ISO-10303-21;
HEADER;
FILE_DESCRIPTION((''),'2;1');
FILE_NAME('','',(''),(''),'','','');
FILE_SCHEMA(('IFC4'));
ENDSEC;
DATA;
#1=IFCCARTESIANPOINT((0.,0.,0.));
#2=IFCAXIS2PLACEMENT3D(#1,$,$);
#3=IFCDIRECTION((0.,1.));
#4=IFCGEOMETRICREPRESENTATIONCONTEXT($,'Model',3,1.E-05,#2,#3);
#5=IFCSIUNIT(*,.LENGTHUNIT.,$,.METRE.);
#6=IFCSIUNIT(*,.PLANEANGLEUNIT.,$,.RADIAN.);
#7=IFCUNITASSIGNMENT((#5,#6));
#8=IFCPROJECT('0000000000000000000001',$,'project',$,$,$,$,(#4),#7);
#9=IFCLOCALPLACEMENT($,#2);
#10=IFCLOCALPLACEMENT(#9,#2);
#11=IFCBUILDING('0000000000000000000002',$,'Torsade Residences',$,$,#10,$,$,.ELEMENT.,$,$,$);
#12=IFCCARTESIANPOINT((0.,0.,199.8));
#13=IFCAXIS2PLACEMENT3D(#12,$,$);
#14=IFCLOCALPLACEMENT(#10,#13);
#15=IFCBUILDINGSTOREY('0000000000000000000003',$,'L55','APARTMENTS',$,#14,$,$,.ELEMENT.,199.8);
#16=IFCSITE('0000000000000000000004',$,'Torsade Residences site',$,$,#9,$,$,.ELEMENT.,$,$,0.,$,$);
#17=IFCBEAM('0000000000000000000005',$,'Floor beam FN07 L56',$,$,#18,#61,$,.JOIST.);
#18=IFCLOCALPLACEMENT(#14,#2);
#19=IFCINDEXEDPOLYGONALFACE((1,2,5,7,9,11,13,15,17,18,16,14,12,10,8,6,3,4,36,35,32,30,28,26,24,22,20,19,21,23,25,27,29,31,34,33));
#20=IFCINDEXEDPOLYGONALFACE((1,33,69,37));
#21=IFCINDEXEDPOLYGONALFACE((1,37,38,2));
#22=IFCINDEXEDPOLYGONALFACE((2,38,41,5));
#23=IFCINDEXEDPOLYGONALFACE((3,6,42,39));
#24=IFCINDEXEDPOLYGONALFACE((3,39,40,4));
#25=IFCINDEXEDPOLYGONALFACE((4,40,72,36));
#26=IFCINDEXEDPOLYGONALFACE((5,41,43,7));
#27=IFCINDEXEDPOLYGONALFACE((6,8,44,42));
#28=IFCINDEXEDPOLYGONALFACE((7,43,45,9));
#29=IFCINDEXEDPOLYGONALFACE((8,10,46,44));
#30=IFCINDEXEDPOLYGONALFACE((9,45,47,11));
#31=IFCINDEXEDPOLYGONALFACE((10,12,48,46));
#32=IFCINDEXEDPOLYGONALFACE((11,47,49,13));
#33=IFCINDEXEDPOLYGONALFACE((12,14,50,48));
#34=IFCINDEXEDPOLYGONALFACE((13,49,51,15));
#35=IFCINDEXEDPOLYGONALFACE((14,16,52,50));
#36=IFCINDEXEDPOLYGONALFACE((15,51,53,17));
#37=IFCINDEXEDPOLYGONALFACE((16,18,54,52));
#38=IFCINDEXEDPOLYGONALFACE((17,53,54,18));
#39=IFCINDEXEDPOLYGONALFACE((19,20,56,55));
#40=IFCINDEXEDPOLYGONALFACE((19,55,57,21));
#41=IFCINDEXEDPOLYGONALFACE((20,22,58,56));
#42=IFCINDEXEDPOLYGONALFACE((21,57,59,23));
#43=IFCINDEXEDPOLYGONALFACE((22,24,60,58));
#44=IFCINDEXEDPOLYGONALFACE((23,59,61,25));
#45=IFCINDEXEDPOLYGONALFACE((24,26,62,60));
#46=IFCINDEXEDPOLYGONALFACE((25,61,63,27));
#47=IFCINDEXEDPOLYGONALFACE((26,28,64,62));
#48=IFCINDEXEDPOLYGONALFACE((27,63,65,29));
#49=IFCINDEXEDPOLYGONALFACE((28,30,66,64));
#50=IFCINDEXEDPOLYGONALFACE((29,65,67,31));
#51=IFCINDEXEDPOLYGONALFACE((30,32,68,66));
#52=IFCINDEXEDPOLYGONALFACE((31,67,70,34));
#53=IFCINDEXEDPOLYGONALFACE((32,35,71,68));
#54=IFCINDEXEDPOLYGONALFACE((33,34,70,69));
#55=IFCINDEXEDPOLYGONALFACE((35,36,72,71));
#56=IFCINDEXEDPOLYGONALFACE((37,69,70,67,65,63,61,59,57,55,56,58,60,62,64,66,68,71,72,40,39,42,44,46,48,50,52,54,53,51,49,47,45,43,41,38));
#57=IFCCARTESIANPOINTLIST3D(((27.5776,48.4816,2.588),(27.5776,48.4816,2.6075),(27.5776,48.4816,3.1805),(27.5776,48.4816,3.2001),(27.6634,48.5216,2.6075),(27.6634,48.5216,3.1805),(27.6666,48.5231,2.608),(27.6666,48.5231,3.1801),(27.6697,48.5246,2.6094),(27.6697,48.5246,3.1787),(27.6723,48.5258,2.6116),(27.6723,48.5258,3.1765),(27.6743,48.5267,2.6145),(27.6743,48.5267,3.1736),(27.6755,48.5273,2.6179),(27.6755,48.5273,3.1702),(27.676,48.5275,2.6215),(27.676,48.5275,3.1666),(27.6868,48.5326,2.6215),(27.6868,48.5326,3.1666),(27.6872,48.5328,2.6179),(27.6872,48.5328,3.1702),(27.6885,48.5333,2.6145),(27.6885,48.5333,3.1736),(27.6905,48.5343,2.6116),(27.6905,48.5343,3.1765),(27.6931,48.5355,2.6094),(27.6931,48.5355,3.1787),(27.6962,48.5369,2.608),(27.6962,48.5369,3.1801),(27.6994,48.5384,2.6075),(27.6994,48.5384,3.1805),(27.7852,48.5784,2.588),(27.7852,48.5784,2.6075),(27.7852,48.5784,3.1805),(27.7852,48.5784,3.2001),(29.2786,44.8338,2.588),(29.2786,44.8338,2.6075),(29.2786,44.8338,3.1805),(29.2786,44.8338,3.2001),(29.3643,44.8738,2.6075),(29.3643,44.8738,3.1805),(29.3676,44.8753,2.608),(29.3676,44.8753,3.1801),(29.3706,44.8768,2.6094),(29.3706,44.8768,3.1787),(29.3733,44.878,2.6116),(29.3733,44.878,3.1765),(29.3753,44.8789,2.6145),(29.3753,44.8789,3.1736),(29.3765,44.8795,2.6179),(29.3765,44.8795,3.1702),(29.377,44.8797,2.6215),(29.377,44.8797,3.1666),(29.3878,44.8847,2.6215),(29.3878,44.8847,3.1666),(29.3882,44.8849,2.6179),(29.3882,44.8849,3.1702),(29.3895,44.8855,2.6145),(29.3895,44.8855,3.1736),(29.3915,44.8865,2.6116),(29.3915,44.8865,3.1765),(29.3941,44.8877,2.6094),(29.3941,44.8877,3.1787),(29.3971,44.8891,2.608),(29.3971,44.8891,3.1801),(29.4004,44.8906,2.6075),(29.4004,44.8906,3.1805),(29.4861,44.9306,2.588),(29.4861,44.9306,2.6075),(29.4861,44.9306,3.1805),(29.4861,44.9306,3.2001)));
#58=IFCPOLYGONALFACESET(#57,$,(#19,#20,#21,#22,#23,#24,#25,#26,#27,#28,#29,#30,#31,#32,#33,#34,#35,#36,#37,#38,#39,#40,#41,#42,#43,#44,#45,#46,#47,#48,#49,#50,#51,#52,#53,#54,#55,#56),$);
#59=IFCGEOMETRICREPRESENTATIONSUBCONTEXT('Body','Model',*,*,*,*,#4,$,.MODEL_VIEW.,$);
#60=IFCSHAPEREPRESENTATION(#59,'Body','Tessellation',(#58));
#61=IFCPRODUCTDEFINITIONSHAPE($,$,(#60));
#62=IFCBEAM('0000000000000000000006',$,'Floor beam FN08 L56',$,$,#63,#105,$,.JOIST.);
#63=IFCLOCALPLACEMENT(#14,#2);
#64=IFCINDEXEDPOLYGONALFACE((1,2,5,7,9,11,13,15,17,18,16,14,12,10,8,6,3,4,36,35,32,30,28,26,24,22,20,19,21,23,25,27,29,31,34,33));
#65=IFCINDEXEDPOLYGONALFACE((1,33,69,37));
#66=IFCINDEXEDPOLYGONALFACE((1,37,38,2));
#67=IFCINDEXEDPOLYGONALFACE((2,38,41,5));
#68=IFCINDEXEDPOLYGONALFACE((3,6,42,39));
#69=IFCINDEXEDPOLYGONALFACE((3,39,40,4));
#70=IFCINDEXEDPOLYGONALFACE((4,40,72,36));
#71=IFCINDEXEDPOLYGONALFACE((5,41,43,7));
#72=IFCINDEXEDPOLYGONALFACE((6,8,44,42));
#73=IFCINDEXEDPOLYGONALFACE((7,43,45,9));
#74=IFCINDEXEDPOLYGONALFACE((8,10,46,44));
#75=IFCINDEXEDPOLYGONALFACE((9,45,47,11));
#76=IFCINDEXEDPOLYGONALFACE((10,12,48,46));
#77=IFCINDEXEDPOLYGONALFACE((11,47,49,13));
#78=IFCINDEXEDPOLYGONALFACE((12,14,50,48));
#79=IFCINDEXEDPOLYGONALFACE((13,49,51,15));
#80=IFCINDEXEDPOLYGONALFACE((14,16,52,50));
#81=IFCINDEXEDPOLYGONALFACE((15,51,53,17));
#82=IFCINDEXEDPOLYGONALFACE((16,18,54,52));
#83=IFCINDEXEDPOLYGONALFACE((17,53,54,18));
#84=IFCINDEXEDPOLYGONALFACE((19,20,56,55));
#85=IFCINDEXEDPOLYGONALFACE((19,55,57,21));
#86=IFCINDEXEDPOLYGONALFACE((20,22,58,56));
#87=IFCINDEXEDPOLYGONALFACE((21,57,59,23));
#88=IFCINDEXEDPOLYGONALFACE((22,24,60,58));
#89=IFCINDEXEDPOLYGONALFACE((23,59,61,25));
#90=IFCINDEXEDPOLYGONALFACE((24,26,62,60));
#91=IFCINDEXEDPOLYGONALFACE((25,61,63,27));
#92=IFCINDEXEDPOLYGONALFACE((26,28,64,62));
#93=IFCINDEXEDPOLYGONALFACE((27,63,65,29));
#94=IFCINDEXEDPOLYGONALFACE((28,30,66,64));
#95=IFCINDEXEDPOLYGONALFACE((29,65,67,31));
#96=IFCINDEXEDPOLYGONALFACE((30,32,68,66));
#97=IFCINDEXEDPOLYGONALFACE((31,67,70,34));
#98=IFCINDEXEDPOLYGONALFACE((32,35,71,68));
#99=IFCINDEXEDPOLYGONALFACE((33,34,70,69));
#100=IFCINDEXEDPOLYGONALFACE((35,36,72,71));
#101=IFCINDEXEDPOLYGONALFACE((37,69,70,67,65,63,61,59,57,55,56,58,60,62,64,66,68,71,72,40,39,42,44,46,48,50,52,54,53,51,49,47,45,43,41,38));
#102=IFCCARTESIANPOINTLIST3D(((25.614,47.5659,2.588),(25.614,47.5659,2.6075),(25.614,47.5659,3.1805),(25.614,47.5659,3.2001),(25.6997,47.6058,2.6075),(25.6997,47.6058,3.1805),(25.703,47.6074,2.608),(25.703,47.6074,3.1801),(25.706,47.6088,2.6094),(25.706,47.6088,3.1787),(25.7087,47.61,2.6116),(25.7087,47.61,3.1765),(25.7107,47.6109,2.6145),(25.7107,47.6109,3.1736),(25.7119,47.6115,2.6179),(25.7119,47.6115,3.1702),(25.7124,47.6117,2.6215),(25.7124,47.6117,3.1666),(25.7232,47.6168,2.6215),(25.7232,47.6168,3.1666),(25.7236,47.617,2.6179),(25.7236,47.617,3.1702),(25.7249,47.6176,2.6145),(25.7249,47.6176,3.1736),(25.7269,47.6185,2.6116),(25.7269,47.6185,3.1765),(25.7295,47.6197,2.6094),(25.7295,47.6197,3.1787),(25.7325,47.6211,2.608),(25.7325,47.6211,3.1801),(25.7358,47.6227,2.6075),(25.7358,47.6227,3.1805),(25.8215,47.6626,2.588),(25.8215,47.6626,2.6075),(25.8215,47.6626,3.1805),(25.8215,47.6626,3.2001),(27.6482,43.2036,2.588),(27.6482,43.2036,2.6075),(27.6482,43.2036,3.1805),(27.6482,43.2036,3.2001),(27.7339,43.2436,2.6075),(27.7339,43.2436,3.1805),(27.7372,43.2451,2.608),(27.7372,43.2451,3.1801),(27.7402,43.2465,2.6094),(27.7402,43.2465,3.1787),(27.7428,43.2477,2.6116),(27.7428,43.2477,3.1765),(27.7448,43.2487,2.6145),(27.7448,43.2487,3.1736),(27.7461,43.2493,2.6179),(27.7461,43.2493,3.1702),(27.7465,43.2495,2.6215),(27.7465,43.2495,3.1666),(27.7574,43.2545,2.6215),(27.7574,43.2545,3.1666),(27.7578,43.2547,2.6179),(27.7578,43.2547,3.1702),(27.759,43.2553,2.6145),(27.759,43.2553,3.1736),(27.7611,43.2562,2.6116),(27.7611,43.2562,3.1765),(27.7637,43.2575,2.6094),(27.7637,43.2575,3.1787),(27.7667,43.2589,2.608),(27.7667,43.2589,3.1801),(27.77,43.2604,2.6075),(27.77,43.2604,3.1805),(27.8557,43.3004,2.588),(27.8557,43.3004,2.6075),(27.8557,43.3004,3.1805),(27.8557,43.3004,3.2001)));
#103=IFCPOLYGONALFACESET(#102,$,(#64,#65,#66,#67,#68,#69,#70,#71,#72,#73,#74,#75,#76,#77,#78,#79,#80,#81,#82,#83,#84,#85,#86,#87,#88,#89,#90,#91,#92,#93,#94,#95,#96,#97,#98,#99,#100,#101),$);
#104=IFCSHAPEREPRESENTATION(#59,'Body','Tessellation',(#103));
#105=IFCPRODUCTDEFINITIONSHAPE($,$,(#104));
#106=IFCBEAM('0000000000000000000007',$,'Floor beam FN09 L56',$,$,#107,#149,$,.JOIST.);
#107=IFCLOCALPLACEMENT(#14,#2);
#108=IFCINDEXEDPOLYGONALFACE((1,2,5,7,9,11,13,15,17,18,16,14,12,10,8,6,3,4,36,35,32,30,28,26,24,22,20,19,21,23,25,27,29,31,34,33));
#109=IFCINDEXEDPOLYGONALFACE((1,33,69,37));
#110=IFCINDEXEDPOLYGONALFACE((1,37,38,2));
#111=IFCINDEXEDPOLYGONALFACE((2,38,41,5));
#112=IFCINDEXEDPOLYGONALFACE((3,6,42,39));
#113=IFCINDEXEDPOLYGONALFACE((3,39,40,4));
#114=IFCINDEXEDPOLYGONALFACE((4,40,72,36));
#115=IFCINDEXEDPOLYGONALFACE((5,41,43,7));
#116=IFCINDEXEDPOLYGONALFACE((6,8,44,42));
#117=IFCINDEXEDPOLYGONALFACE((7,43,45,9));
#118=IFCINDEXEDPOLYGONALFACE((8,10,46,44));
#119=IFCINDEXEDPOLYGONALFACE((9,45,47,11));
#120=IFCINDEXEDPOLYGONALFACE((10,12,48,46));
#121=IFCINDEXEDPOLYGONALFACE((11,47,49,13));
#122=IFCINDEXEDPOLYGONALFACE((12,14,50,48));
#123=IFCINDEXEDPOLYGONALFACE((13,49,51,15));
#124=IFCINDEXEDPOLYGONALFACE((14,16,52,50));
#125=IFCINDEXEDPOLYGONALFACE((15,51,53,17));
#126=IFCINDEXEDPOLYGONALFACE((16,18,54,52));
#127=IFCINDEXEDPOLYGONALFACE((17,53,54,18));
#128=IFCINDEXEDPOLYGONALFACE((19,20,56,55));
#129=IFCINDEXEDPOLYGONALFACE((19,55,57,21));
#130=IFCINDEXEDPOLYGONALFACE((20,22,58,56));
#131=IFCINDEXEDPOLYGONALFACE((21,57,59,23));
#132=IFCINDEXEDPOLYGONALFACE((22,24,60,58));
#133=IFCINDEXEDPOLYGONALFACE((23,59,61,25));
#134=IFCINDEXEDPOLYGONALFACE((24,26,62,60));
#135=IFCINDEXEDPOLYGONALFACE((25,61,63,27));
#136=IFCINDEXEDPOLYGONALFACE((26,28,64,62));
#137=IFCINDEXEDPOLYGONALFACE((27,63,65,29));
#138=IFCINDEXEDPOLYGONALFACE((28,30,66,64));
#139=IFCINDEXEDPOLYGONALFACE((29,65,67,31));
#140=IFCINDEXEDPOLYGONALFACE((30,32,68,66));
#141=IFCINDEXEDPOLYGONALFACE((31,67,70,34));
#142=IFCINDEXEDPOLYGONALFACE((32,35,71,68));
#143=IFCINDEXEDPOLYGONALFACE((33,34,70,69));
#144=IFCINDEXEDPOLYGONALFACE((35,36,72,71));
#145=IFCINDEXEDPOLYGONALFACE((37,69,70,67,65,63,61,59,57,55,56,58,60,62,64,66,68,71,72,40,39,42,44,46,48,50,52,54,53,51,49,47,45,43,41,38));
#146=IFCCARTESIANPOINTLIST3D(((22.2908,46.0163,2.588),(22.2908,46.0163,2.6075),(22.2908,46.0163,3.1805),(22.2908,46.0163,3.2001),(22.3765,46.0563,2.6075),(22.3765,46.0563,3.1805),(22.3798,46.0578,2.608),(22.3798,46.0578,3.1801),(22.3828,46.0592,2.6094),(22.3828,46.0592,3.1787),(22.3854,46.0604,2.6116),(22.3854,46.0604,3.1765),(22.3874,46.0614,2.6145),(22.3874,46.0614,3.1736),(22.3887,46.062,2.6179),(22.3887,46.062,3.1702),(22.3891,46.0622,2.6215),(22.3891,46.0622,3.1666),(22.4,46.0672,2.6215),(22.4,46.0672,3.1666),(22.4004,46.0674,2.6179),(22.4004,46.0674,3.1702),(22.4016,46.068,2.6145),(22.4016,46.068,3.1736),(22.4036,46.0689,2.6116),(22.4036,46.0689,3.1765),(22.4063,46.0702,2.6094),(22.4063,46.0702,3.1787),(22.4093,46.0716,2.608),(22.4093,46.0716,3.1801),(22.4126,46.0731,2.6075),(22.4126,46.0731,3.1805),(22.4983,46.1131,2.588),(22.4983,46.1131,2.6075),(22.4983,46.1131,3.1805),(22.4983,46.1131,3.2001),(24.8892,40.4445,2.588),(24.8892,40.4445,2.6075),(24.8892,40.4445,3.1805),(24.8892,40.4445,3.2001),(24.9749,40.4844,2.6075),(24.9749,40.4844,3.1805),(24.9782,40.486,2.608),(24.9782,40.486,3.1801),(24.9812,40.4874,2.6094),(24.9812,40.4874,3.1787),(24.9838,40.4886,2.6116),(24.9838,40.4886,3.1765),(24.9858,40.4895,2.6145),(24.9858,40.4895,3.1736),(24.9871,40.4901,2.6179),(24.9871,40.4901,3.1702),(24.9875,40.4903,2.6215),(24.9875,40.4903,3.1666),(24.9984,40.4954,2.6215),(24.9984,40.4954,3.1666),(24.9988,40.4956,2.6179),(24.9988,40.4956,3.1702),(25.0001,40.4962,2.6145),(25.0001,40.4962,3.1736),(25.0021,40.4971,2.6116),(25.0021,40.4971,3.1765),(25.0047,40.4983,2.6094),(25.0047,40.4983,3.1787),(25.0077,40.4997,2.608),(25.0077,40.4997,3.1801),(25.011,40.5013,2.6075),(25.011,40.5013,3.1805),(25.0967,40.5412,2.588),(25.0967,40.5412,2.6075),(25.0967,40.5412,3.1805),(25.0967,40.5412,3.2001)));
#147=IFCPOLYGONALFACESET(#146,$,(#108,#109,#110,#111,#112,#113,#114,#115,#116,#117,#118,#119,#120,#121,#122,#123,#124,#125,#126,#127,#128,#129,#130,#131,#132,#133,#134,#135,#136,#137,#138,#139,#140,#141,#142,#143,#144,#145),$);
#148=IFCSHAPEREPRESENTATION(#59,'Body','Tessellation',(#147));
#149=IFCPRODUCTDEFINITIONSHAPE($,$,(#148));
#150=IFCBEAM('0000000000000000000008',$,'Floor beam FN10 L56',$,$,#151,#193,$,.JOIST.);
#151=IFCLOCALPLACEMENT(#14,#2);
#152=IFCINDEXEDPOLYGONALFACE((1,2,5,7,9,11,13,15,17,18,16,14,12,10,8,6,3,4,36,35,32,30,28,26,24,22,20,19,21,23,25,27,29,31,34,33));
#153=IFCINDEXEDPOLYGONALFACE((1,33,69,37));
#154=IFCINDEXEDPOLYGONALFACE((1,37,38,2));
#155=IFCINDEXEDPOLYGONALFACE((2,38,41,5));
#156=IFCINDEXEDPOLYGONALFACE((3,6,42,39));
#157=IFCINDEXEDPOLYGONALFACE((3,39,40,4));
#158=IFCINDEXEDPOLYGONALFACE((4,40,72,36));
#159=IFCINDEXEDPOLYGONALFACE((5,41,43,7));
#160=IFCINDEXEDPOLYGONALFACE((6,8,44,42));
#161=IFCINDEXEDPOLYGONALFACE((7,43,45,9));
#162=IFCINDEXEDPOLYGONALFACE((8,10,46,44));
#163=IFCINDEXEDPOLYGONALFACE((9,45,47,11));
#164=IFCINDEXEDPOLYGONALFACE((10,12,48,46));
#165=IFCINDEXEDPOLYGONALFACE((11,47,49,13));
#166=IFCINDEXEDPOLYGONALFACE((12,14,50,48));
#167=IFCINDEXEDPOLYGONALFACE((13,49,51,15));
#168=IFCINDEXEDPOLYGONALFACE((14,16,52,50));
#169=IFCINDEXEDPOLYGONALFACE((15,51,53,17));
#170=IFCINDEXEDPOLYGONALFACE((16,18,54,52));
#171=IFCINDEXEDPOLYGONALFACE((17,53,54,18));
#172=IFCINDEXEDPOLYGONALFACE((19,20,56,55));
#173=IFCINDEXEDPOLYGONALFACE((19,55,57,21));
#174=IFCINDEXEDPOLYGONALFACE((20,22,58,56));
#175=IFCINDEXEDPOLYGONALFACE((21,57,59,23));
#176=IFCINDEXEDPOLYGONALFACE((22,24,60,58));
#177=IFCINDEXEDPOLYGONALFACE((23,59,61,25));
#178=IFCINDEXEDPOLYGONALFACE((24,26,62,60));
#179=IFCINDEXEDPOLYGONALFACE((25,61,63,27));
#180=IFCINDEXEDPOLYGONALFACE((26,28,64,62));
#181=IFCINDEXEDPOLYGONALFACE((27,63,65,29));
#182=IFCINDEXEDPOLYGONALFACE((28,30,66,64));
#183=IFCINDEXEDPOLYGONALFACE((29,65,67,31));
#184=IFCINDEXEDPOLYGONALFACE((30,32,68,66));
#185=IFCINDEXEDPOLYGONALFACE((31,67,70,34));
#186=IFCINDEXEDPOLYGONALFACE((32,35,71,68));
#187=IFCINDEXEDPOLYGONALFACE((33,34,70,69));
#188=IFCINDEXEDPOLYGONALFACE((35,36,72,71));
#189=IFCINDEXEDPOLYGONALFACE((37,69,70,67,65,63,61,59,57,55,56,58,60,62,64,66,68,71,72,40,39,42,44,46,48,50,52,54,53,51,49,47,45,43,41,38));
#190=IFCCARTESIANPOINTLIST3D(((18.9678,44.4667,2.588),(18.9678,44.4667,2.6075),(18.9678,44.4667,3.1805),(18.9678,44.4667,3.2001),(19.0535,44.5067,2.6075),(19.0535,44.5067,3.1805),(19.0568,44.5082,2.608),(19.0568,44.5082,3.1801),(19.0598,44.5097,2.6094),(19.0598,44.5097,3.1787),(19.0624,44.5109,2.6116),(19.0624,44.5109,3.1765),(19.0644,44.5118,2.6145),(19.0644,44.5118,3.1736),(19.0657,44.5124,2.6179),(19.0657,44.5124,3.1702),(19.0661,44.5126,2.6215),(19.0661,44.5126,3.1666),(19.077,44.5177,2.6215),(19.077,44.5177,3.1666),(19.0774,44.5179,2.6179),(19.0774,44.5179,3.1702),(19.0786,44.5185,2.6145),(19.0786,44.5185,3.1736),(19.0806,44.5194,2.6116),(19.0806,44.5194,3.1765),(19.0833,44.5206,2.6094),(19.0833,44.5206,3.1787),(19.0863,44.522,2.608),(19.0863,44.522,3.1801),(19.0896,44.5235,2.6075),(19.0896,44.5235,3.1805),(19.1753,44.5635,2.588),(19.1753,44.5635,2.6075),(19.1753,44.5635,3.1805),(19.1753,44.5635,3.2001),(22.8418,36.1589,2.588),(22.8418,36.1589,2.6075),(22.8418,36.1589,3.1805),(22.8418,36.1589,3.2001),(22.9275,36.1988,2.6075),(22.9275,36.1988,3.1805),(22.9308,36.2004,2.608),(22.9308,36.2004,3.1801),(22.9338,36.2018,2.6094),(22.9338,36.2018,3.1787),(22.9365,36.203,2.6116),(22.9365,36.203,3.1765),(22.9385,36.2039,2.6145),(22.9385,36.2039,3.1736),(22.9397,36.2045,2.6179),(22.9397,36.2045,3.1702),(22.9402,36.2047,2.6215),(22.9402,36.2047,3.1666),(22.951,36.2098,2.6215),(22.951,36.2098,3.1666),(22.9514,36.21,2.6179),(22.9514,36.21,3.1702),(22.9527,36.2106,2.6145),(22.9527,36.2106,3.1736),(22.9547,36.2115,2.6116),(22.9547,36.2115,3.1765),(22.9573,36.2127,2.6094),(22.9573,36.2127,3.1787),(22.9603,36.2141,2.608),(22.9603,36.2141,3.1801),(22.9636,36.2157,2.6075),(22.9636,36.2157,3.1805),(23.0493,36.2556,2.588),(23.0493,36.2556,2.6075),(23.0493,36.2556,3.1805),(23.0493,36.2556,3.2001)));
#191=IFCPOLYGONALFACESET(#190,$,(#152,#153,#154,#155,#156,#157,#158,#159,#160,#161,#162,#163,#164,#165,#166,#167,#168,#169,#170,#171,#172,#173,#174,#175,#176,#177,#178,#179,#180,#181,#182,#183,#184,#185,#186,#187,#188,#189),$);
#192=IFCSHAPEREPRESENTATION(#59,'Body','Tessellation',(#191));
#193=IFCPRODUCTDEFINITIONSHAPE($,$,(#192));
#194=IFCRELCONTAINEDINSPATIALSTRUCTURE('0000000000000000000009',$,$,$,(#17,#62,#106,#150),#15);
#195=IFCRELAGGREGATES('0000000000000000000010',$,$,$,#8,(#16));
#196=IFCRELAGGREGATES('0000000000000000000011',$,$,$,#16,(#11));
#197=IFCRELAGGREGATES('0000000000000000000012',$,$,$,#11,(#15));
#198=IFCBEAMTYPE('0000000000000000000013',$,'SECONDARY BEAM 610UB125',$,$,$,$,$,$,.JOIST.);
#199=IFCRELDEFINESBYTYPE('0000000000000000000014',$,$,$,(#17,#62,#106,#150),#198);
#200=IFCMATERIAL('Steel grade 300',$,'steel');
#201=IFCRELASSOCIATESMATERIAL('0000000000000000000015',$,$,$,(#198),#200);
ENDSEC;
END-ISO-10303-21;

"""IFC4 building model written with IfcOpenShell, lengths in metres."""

from ifc_helpers import new_model, si_unit, direction, frame, origin, origin_2d, place, context, subcontext, project, spatial, i_section, extrude, material, material_profile, profile_set, type_object, element, save


model = new_model("IFC4")

# Units and contexts
model_context = context("Model", 3, precision=1e-05, world=origin(), true_north=direction((0.0, 1.0)))
body_context = subcontext(model_context, "Body", "Model", "MODEL_VIEW")
ifc_project = project(units=[si_unit("LENGTHUNIT", "METRE"), si_unit("PLANEANGLEUNIT", "RADIAN")], contexts=[model_context])

# Site, building, storey
site_placement = place(None, origin())
site = spatial("IfcSite", under=ifc_project, at=site_placement, Name="Torsade Residences site", CompositionType="ELEMENT", RefElevation=0.0)
building_placement = place(site_placement, origin())
building = spatial("IfcBuilding", under=site, at=building_placement, Name="Torsade Residences", CompositionType="ELEMENT")
storey_placement = place(building_placement, frame((0.0, 0.0, 199.8)))
storey = spatial("IfcBuildingStorey", under=building, at=storey_placement, Name="L55", Description="APARTMENTS", CompositionType="ELEMENT", Elevation=199.8)

# Beams
ifc_material_1 = material(Name="Steel grade 300", Category="steel")
ifc_material_profile_1 = material_profile(ifc_material_1, i_section(OverallWidth=0.229, OverallDepth=0.6121, WebThickness=0.012, FlangeThickness=0.0195, FilletRadius=0.0139, at=origin_2d()), Name="610UB125")
ifc_profile_set_1 = profile_set([ifc_material_profile_1], Name="Steel grade 300")
beam_type_1 = type_object("IfcBeamType", Name="SECONDARY BEAM 610UB125", PredefinedType="JOIST", material=ifc_profile_set_1)
beam_1_placement = place(storey_placement, frame((27.6814, 48.53, 2.894), z_axis=(0.422613, -0.90631, 0.0), x_axis=(0.90631, 0.422613, 0.0)))
element("IfcBeam", 1, at=beam_1_placement, inside=storey, type_object=beam_type_1, Name="Floor beam FN07 L56", PredefinedType="JOIST", context=body_context, shape_type="SweptSolid", body=[
    extrude(i_section(OverallWidth=0.229, OverallDepth=0.6121, WebThickness=0.012, FlangeThickness=0.0195, FilletRadius=0.0139, at=origin_2d()), origin(), (0.0, 0.0, 1.0), 4.0249),
])
beam_2_placement = place(storey_placement, frame((25.7178, 47.6143, 2.894), z_axis=(0.422619, -0.906308, 0.0), x_axis=(0.906308, 0.422619, 0.0)))
element("IfcBeam", 2, at=beam_2_placement, inside=storey, type_object=beam_type_1, Name="Floor beam FN08 L56", PredefinedType="JOIST", context=body_context, shape_type="SweptSolid", body=[
    extrude(i_section(OverallWidth=0.229, OverallDepth=0.6121, WebThickness=0.012, FlangeThickness=0.0195, FilletRadius=0.0139, at=origin_2d()), origin(), (0.0, 0.0, 1.0), 4.8132),
])
beam_3_placement = place(storey_placement, frame((22.3945, 46.0647, 2.894), z_axis=(0.422648, -0.906294, 0.0), x_axis=(0.906294, 0.422648, 0.0)))
element("IfcBeam", 3, at=beam_3_placement, inside=storey, type_object=beam_type_1, Name="Floor beam FN09 L56", PredefinedType="JOIST", context=body_context, shape_type="SweptSolid", body=[
    extrude(i_section(OverallWidth=0.229, OverallDepth=0.6121, WebThickness=0.012, FlangeThickness=0.0195, FilletRadius=0.0139, at=origin_2d()), origin(), (0.0, 0.0, 1.0), 6.1479),
])
beam_4_placement = place(storey_placement, frame((19.0715, 44.5151, 2.894), z_axis=(0.422619, -0.906308, 0.0), x_axis=(0.906308, 0.422619, 0.0)))
element("IfcBeam", 4, at=beam_4_placement, inside=storey, type_object=beam_type_1, Name="Floor beam FN10 L56", PredefinedType="JOIST", context=body_context, shape_type="SweptSolid", body=[
    extrude(i_section(OverallWidth=0.229, OverallDepth=0.6121, WebThickness=0.012, FlangeThickness=0.0195, FilletRadius=0.0139, at=origin_2d()), origin(), (0.0, 0.0, 1.0), 9.1667),
])

save(model, "model.ifc")
